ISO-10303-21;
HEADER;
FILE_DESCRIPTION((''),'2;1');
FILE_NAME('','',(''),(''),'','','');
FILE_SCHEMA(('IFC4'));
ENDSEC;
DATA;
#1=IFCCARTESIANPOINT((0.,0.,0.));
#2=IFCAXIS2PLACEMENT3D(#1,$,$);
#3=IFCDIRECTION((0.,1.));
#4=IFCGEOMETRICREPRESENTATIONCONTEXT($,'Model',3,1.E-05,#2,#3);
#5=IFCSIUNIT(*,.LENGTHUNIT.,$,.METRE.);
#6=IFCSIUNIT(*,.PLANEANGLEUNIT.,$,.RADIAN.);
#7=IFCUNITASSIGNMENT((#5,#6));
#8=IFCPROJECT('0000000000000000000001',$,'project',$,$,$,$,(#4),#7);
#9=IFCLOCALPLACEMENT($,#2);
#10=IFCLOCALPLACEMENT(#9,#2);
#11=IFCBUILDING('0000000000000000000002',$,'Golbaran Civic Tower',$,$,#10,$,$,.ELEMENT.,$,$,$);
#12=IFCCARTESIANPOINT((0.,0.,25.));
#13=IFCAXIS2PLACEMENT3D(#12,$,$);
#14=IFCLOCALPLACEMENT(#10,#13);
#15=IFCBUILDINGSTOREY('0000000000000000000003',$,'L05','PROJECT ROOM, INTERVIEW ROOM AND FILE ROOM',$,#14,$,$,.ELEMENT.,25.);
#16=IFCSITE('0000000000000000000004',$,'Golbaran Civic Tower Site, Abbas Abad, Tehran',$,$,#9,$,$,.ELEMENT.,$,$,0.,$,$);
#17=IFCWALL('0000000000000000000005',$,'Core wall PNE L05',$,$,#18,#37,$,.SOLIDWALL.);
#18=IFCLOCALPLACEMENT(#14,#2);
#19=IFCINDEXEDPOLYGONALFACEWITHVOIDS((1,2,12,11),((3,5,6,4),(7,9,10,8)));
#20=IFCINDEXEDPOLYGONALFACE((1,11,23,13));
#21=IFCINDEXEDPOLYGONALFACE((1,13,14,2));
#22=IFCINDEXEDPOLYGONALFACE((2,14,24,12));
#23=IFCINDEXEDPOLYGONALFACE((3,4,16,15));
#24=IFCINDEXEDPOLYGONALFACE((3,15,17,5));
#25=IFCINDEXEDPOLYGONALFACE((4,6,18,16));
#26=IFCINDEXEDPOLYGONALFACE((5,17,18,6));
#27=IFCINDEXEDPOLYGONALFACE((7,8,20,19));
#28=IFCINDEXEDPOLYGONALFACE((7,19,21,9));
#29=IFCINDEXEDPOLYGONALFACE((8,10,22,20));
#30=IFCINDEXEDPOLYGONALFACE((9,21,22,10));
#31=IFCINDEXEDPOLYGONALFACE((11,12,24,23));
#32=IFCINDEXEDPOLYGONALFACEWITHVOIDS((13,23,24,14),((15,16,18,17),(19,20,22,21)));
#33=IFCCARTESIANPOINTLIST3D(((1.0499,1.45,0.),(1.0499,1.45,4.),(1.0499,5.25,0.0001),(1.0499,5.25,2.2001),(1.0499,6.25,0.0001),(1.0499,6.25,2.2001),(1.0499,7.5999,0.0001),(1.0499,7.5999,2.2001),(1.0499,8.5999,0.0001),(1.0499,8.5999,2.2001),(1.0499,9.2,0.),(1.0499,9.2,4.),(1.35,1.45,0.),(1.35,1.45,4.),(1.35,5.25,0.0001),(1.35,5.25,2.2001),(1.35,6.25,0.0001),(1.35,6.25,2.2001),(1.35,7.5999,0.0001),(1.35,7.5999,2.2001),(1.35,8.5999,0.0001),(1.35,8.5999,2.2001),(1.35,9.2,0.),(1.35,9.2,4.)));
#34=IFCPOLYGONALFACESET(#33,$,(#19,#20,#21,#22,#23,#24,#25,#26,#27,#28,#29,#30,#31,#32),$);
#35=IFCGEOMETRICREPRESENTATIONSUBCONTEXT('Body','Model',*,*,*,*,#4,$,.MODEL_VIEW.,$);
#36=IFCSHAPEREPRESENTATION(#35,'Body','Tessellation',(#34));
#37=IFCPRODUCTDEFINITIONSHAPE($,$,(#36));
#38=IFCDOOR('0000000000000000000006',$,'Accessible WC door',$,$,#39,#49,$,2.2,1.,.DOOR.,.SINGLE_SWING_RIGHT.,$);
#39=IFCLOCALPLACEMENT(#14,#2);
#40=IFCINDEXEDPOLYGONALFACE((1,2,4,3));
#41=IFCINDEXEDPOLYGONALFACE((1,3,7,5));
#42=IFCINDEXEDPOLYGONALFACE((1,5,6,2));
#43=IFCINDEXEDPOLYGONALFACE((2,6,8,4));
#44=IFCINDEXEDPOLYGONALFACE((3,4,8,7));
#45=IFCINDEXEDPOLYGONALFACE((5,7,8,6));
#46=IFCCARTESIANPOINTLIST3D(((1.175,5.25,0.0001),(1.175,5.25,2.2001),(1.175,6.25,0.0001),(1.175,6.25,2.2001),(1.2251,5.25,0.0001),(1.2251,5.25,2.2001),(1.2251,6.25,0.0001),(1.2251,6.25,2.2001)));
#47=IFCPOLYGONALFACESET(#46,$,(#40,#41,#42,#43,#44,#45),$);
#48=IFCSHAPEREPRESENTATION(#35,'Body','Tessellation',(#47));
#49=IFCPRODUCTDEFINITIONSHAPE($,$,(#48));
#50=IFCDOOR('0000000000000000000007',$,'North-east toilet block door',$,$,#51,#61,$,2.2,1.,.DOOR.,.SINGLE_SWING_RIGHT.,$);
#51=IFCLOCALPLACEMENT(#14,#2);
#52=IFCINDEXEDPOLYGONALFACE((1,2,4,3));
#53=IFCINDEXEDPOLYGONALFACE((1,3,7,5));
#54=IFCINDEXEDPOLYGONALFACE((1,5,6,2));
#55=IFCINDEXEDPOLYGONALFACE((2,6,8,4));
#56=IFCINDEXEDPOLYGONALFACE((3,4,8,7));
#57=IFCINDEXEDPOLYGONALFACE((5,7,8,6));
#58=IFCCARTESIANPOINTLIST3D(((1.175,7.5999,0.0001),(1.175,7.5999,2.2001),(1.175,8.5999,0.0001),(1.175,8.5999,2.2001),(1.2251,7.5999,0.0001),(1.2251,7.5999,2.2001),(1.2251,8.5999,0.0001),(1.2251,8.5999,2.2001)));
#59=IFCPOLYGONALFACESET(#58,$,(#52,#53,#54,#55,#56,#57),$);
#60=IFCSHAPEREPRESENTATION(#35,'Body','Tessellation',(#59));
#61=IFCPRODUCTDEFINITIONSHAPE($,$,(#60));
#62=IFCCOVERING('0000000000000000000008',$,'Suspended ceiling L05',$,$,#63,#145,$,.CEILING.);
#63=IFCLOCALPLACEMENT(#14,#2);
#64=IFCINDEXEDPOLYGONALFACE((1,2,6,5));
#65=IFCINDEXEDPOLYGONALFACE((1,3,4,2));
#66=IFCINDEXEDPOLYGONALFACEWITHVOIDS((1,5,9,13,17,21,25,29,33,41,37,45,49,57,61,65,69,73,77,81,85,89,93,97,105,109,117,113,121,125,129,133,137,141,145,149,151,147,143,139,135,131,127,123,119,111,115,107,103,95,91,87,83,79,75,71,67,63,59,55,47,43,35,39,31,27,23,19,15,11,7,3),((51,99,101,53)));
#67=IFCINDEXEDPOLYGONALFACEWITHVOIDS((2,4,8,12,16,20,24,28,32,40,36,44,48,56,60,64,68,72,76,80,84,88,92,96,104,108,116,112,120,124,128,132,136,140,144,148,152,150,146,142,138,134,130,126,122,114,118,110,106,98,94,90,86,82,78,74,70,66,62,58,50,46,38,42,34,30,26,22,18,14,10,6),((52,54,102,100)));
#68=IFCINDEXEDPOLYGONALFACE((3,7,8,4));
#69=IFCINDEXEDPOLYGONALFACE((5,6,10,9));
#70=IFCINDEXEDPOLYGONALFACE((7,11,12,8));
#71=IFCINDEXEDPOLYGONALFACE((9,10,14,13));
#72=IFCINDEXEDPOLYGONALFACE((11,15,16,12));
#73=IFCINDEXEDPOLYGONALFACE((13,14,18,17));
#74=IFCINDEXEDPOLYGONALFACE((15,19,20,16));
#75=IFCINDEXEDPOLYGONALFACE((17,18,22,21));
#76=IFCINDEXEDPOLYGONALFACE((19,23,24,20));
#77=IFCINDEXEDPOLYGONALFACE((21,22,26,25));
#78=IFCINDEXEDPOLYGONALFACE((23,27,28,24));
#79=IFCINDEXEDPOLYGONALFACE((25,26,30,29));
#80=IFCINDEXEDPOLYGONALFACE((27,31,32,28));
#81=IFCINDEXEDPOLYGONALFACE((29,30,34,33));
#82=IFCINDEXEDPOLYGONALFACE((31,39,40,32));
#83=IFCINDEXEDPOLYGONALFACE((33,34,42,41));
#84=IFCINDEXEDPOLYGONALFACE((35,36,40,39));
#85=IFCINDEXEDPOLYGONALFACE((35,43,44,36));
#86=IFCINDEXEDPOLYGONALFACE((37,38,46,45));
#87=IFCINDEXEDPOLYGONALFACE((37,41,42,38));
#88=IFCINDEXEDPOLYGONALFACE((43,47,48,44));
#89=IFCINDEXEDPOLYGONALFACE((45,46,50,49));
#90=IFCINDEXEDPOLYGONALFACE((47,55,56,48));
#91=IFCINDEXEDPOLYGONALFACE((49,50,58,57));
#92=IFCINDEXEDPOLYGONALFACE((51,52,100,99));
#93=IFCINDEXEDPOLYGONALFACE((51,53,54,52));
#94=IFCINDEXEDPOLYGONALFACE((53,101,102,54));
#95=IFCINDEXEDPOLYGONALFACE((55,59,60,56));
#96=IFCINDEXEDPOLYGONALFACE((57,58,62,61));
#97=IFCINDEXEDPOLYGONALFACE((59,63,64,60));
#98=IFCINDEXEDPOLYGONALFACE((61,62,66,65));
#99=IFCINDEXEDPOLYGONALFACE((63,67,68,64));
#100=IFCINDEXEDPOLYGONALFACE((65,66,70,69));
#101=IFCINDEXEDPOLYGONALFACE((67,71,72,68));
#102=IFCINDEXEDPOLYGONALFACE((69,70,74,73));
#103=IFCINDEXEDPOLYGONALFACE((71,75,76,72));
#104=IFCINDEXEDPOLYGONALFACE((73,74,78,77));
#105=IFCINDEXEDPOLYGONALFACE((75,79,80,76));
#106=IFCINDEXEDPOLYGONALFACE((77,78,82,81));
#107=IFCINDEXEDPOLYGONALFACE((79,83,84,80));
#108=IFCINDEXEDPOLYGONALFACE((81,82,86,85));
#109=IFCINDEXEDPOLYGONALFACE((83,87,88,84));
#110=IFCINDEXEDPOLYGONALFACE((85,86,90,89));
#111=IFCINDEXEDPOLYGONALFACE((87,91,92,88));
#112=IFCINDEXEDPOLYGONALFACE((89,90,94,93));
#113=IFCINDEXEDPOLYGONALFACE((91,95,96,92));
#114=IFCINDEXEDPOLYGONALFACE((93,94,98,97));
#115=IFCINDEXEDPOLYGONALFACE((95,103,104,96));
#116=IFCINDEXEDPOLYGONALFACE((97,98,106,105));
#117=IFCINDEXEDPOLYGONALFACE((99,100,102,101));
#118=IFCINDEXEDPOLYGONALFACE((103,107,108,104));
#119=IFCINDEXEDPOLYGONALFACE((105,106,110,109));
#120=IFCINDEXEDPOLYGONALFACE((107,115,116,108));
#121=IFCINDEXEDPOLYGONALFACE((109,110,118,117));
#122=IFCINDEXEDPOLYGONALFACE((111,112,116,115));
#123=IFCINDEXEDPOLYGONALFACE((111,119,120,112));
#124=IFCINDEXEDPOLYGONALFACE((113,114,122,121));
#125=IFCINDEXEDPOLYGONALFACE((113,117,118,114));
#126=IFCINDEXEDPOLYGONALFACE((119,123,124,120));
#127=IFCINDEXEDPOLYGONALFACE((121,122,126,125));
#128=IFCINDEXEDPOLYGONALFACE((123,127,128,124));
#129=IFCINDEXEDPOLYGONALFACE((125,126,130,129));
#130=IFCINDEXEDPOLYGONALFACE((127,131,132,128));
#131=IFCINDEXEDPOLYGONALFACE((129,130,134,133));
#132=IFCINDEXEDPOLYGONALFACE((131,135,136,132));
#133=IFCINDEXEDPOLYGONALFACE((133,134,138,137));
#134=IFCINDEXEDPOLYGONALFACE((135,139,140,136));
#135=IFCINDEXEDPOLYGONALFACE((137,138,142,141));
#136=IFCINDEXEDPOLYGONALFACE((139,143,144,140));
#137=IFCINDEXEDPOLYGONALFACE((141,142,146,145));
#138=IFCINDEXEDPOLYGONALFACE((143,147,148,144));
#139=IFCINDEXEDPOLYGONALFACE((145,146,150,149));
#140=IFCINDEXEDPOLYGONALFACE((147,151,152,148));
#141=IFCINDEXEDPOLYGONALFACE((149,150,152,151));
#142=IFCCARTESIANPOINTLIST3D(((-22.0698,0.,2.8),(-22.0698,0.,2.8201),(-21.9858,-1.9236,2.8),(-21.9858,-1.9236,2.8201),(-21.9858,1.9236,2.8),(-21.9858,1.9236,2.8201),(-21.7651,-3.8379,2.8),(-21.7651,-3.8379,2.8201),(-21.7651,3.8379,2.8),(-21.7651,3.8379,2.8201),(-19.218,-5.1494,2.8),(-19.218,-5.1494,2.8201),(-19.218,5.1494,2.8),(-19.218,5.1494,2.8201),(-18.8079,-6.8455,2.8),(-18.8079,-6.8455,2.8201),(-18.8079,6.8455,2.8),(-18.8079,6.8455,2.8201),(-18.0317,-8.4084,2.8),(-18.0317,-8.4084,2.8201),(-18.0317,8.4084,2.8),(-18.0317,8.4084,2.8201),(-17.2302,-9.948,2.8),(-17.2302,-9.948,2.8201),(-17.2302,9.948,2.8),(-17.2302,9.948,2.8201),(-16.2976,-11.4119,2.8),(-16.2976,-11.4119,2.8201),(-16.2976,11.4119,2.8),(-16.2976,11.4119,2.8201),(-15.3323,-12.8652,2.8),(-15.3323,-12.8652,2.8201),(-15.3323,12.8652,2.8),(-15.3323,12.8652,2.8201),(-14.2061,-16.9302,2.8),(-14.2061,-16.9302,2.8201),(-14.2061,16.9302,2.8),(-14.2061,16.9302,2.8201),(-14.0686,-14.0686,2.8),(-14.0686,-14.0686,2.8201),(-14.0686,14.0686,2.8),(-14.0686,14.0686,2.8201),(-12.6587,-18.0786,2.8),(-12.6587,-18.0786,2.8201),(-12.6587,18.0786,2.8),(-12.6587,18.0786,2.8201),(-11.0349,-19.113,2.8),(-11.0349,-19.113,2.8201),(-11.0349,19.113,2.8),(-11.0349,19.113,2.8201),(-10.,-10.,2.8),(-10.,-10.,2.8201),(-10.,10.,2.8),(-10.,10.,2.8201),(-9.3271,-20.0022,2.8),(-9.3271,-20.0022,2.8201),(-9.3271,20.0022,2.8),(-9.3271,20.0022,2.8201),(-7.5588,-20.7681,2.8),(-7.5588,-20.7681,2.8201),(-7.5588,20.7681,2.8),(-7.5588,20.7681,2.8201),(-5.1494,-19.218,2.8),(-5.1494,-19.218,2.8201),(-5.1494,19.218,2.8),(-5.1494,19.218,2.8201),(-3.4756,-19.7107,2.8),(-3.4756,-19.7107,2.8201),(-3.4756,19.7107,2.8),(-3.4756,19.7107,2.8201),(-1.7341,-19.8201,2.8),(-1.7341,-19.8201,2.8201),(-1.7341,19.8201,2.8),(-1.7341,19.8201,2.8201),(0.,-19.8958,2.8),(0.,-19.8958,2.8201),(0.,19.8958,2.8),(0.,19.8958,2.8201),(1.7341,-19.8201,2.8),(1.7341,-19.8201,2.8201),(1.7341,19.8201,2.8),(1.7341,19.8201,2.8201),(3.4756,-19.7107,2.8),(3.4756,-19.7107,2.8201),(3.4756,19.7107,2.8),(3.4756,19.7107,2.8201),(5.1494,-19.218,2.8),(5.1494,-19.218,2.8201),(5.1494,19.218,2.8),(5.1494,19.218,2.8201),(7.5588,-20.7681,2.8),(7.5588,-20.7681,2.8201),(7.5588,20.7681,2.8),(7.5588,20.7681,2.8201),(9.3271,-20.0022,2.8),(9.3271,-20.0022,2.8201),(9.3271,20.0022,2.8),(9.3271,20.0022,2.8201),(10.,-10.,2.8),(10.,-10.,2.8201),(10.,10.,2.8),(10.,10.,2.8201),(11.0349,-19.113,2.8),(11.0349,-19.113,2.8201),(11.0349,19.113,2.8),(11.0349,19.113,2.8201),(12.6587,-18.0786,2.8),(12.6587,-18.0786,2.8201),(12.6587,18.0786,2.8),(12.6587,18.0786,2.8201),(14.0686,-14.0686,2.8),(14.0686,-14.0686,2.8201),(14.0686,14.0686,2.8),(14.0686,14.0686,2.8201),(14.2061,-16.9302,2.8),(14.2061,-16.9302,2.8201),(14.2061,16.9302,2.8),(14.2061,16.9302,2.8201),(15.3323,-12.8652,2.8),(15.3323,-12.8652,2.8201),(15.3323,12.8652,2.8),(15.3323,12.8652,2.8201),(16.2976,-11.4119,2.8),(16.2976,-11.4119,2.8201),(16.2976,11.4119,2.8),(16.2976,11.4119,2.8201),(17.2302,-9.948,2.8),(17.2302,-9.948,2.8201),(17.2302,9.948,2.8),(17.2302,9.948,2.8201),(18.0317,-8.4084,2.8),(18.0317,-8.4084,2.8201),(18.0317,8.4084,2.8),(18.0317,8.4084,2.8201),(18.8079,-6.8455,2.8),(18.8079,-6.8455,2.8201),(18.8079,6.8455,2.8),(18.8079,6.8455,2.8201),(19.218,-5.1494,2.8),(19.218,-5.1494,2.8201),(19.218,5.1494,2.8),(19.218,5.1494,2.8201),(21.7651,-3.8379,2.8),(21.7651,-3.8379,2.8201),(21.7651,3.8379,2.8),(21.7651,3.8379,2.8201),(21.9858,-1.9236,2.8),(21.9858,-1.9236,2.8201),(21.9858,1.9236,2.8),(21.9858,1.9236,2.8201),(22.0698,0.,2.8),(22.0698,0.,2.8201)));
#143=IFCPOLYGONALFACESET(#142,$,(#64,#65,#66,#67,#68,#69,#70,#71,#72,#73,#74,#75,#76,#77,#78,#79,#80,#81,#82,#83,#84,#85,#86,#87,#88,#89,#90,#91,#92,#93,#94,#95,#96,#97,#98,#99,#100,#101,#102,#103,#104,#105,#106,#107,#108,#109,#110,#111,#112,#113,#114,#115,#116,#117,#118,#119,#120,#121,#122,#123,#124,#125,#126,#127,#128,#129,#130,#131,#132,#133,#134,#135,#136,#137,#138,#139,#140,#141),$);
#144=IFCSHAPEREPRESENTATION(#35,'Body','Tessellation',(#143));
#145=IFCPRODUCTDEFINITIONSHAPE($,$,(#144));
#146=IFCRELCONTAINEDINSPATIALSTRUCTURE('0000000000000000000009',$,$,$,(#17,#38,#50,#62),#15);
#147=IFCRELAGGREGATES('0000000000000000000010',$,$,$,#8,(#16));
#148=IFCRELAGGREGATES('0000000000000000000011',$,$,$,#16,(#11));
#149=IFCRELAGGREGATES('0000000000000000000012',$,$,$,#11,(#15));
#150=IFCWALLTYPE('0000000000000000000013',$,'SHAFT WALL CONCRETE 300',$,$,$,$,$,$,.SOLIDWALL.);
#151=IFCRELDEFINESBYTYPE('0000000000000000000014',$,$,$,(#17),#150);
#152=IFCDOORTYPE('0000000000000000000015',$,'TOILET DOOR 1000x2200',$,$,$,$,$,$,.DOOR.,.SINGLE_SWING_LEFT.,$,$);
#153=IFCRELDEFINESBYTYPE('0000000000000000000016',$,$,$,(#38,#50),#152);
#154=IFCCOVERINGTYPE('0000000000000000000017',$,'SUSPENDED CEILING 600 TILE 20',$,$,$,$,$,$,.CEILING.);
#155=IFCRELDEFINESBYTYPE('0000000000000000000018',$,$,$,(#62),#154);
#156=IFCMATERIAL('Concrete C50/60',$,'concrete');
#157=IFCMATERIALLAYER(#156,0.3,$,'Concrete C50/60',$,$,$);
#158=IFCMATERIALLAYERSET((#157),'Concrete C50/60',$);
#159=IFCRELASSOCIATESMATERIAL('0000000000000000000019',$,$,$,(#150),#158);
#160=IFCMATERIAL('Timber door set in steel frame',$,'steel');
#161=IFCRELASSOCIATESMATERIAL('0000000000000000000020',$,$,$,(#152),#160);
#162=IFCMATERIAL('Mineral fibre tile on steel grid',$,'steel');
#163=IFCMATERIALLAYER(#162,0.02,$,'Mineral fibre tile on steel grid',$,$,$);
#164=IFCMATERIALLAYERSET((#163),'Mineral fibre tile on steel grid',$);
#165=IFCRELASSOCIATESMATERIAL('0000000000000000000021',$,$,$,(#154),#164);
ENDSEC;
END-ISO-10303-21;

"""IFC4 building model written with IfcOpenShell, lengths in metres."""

from ifc_helpers import new_model, si_unit, direction, frame, frame_2d, origin, place, context, subcontext, project, spatial, polyline, rectangle, outline, extrude, material, layer, layer_set, type_object, element, fill, save


model = new_model("IFC4")

# Units and contexts
model_context = context("Model", 3, precision=1e-05, world=origin(), true_north=direction((0.0, 1.0)))
body_context = subcontext(model_context, "Body", "Model", "MODEL_VIEW")
ifc_project = project(units=[si_unit("LENGTHUNIT", "METRE"), si_unit("PLANEANGLEUNIT", "RADIAN")], contexts=[model_context])

# Site, building, storey
site_placement = place(None, origin())
site = spatial("IfcSite", under=ifc_project, at=site_placement, Name="Golbaran Civic Tower Site, Abbas Abad, Tehran", CompositionType="ELEMENT", RefElevation=0.0)
building_placement = place(site_placement, origin())
building = spatial("IfcBuilding", under=site, at=building_placement, Name="Golbaran Civic Tower", CompositionType="ELEMENT")
storey_placement = place(building_placement, frame((0.0, 0.0, 25.0)))
storey = spatial("IfcBuildingStorey", under=building, at=storey_placement, Name="L05", Description="PROJECT ROOM, INTERVIEW ROOM AND FILE ROOM", CompositionType="ELEMENT", Elevation=25.0)

# Shared definitions
ifc_material_1 = material(Name="Timber door set in steel frame", Category="steel")

# Shared definitions
ifc_material_2 = material(Name="Concrete C50/60", Category="concrete")

# Shared definitions
ifc_layer_1 = layer(ifc_material_2, 0.3, Name="Concrete C50/60")
ifc_layer_set_1 = layer_set([ifc_layer_1], Name="Concrete C50/60")
wall_type_1 = type_object("IfcWallType", Name="SHAFT WALL CONCRETE 300", PredefinedType="SOLIDWALL", material=ifc_layer_set_1)

# Wall, openings, doors
wall_1_placement = place(storey_placement, frame((1.2, 1.45, 0.0), z_axis=(0.0, 0.0, 1.0), x_axis=(0.0, 1.0, 0.0)))
wall_1 = element("IfcWall", 1, at=wall_1_placement, inside=storey, type_object=wall_type_1, Name="Core wall PNE L05", PredefinedType="SOLIDWALL", context=body_context, shape_type="SweptSolid", body=[
    extrude(rectangle(XDim=7.75, YDim=0.3, at=frame_2d((3.875, 0.0))), origin(), (0.0, 0.0, 1.0), 4.0),
])
opening_1_placement = place(wall_1_placement, frame((3.8, 0.0, 0.0)))
opening_1 = element("IfcOpeningElement", 2, at=opening_1_placement, cuts=wall_1, PredefinedType="OPENING", context=body_context, shape_type="SweptSolid", body=[
    extrude(rectangle(XDim=1.0, YDim=2.2, at=frame_2d((0.5, 1.1001))), frame((0.0, 0.1599, 0.0), z_axis=(0.0, -1.0, 0.0), x_axis=(1.0, 0.0, 0.0)), (0.0, 0.0, 1.0), 0.3201),
])
opening_2_placement = place(wall_1_placement, frame((6.1499, 0.0, 0.0)))
opening_2 = element("IfcOpeningElement", 3, at=opening_2_placement, cuts=wall_1, PredefinedType="OPENING", context=body_context, shape_type="SweptSolid", body=[
    extrude(rectangle(XDim=1.0, YDim=2.2, at=frame_2d((0.5, 1.1001))), frame((0.0, 0.1599, 0.0), z_axis=(0.0, -1.0, 0.0), x_axis=(1.0, 0.0, 0.0)), (0.0, 0.0, 1.0), 0.3201),
])
door_type_1 = type_object("IfcDoorType", Name="TOILET DOOR 1000x2200", OperationType="SINGLE_SWING_LEFT", PredefinedType="DOOR", material=ifc_material_1)
door_1_placement = place(opening_1_placement, origin())
door_1 = element("IfcDoor", 4, at=door_1_placement, inside=storey, type_object=door_type_1, Name="Accessible WC door", OperationType="SINGLE_SWING_RIGHT", OverallHeight=2.2, OverallWidth=1.0, PredefinedType="DOOR", context=body_context, shape_type="SweptSolid", body=[
    extrude(rectangle(XDim=1.0, YDim=2.2, at=frame_2d((0.5, 1.1001))), frame((0.0, 0.0249, 0.0), z_axis=(0.0, -1.0, 0.0), x_axis=(1.0, 0.0, 0.0)), (0.0, 0.0, 1.0), 0.05),
])
fill(opening_1, door_1)
door_2_placement = place(opening_2_placement, origin())
door_2 = element("IfcDoor", 5, at=door_2_placement, inside=storey, type_object=door_type_1, Name="North-east toilet block door", OperationType="SINGLE_SWING_RIGHT", OverallHeight=2.2, OverallWidth=1.0, PredefinedType="DOOR", context=body_context, shape_type="SweptSolid", body=[
    extrude(rectangle(XDim=1.0, YDim=2.2, at=frame_2d((0.5, 1.1001))), frame((0.0, 0.0249, 0.0), z_axis=(0.0, -1.0, 0.0), x_axis=(1.0, 0.0, 0.0)), (0.0, 0.0, 1.0), 0.05),
])
fill(opening_2, door_2)

# Covering
ifc_material_3 = material(Name="Mineral fibre tile on steel grid", Category="steel")
ifc_layer_2 = layer(ifc_material_3, 0.02, Name="Mineral fibre tile on steel grid")
ifc_layer_set_2 = layer_set([ifc_layer_2], Name="Mineral fibre tile on steel grid")
covering_type = type_object("IfcCoveringType", Name="SUSPENDED CEILING 600 TILE 20", PredefinedType="CEILING", material=ifc_layer_set_2)
covering_placement = place(storey_placement, frame((0.0, 0.0, 2.8)))
element("IfcCovering", 6, at=covering_placement, inside=storey, type_object=covering_type, Name="Suspended ceiling L05", PredefinedType="CEILING", context=body_context, shape_type="SweptSolid", body=[
    extrude(outline(polyline([(-19.218, -5.1494), (-21.7651, -3.8379), (-21.9858, -1.9236), (-22.0698, 0.0), (-21.9858, 1.9236), (-21.7651, 3.8379), (-19.218, 5.1494), (-18.8079, 6.8455), (-18.0317, 8.4084), (-17.2302, 9.948), (-16.2976, 11.4119), (-15.3323, 12.8652), (-14.0686, 14.0686), (-14.2061, 16.9302), (-12.6587, 18.0786), (-11.0349, 19.113), (-9.3271, 20.0022), (-7.5588, 20.7681), (-5.1494, 19.218), (-3.4756, 19.7107), (-1.7341, 19.8201), (0.0, 19.8958), (1.7341, 19.8201), (3.4756, 19.7107), (5.1494, 19.218), (7.5588, 20.7681), (9.3271, 20.0022), (11.0349, 19.113), (12.6587, 18.0786), (14.2061, 16.9302), (14.0686, 14.0686), (15.3323, 12.8652), (16.2976, 11.4119), (17.2302, 9.948), (18.0317, 8.4084), (18.8079, 6.8455), (19.218, 5.1494), (21.7651, 3.8379), (21.9858, 1.9236), (22.0698, 0.0), (21.9858, -1.9236), (21.7651, -3.8379), (19.218, -5.1494), (18.8079, -6.8455), (18.0317, -8.4084), (17.2302, -9.948), (16.2976, -11.4119), (15.3323, -12.8652), (14.0686, -14.0686), (14.2061, -16.9302), (12.6587, -18.0786), (11.0349, -19.113), (9.3271, -20.0022), (7.5588, -20.7681), (5.1494, -19.218), (3.4756, -19.7107), (1.7341, -19.8201), (0.0, -19.8958), (-1.7341, -19.8201), (-3.4756, -19.7107), (-5.1494, -19.218), (-7.5588, -20.7681), (-9.3271, -20.0022), (-11.0349, -19.113), (-12.6587, -18.0786), (-14.2061, -16.9302), (-14.0686, -14.0686), (-15.3323, -12.8652), (-16.2976, -11.4119), (-17.2302, -9.948), (-18.0317, -8.4084), (-18.8079, -6.8455), (-19.218, -5.1494)]), holes=[polyline([(10.0, 10.0), (-10.0, 10.0), (-10.0, -10.0), (10.0, -10.0), (10.0, 10.0)])]), origin(), (0.0, 0.0, 1.0), 0.02),
])

save(model, "model.ifc")
